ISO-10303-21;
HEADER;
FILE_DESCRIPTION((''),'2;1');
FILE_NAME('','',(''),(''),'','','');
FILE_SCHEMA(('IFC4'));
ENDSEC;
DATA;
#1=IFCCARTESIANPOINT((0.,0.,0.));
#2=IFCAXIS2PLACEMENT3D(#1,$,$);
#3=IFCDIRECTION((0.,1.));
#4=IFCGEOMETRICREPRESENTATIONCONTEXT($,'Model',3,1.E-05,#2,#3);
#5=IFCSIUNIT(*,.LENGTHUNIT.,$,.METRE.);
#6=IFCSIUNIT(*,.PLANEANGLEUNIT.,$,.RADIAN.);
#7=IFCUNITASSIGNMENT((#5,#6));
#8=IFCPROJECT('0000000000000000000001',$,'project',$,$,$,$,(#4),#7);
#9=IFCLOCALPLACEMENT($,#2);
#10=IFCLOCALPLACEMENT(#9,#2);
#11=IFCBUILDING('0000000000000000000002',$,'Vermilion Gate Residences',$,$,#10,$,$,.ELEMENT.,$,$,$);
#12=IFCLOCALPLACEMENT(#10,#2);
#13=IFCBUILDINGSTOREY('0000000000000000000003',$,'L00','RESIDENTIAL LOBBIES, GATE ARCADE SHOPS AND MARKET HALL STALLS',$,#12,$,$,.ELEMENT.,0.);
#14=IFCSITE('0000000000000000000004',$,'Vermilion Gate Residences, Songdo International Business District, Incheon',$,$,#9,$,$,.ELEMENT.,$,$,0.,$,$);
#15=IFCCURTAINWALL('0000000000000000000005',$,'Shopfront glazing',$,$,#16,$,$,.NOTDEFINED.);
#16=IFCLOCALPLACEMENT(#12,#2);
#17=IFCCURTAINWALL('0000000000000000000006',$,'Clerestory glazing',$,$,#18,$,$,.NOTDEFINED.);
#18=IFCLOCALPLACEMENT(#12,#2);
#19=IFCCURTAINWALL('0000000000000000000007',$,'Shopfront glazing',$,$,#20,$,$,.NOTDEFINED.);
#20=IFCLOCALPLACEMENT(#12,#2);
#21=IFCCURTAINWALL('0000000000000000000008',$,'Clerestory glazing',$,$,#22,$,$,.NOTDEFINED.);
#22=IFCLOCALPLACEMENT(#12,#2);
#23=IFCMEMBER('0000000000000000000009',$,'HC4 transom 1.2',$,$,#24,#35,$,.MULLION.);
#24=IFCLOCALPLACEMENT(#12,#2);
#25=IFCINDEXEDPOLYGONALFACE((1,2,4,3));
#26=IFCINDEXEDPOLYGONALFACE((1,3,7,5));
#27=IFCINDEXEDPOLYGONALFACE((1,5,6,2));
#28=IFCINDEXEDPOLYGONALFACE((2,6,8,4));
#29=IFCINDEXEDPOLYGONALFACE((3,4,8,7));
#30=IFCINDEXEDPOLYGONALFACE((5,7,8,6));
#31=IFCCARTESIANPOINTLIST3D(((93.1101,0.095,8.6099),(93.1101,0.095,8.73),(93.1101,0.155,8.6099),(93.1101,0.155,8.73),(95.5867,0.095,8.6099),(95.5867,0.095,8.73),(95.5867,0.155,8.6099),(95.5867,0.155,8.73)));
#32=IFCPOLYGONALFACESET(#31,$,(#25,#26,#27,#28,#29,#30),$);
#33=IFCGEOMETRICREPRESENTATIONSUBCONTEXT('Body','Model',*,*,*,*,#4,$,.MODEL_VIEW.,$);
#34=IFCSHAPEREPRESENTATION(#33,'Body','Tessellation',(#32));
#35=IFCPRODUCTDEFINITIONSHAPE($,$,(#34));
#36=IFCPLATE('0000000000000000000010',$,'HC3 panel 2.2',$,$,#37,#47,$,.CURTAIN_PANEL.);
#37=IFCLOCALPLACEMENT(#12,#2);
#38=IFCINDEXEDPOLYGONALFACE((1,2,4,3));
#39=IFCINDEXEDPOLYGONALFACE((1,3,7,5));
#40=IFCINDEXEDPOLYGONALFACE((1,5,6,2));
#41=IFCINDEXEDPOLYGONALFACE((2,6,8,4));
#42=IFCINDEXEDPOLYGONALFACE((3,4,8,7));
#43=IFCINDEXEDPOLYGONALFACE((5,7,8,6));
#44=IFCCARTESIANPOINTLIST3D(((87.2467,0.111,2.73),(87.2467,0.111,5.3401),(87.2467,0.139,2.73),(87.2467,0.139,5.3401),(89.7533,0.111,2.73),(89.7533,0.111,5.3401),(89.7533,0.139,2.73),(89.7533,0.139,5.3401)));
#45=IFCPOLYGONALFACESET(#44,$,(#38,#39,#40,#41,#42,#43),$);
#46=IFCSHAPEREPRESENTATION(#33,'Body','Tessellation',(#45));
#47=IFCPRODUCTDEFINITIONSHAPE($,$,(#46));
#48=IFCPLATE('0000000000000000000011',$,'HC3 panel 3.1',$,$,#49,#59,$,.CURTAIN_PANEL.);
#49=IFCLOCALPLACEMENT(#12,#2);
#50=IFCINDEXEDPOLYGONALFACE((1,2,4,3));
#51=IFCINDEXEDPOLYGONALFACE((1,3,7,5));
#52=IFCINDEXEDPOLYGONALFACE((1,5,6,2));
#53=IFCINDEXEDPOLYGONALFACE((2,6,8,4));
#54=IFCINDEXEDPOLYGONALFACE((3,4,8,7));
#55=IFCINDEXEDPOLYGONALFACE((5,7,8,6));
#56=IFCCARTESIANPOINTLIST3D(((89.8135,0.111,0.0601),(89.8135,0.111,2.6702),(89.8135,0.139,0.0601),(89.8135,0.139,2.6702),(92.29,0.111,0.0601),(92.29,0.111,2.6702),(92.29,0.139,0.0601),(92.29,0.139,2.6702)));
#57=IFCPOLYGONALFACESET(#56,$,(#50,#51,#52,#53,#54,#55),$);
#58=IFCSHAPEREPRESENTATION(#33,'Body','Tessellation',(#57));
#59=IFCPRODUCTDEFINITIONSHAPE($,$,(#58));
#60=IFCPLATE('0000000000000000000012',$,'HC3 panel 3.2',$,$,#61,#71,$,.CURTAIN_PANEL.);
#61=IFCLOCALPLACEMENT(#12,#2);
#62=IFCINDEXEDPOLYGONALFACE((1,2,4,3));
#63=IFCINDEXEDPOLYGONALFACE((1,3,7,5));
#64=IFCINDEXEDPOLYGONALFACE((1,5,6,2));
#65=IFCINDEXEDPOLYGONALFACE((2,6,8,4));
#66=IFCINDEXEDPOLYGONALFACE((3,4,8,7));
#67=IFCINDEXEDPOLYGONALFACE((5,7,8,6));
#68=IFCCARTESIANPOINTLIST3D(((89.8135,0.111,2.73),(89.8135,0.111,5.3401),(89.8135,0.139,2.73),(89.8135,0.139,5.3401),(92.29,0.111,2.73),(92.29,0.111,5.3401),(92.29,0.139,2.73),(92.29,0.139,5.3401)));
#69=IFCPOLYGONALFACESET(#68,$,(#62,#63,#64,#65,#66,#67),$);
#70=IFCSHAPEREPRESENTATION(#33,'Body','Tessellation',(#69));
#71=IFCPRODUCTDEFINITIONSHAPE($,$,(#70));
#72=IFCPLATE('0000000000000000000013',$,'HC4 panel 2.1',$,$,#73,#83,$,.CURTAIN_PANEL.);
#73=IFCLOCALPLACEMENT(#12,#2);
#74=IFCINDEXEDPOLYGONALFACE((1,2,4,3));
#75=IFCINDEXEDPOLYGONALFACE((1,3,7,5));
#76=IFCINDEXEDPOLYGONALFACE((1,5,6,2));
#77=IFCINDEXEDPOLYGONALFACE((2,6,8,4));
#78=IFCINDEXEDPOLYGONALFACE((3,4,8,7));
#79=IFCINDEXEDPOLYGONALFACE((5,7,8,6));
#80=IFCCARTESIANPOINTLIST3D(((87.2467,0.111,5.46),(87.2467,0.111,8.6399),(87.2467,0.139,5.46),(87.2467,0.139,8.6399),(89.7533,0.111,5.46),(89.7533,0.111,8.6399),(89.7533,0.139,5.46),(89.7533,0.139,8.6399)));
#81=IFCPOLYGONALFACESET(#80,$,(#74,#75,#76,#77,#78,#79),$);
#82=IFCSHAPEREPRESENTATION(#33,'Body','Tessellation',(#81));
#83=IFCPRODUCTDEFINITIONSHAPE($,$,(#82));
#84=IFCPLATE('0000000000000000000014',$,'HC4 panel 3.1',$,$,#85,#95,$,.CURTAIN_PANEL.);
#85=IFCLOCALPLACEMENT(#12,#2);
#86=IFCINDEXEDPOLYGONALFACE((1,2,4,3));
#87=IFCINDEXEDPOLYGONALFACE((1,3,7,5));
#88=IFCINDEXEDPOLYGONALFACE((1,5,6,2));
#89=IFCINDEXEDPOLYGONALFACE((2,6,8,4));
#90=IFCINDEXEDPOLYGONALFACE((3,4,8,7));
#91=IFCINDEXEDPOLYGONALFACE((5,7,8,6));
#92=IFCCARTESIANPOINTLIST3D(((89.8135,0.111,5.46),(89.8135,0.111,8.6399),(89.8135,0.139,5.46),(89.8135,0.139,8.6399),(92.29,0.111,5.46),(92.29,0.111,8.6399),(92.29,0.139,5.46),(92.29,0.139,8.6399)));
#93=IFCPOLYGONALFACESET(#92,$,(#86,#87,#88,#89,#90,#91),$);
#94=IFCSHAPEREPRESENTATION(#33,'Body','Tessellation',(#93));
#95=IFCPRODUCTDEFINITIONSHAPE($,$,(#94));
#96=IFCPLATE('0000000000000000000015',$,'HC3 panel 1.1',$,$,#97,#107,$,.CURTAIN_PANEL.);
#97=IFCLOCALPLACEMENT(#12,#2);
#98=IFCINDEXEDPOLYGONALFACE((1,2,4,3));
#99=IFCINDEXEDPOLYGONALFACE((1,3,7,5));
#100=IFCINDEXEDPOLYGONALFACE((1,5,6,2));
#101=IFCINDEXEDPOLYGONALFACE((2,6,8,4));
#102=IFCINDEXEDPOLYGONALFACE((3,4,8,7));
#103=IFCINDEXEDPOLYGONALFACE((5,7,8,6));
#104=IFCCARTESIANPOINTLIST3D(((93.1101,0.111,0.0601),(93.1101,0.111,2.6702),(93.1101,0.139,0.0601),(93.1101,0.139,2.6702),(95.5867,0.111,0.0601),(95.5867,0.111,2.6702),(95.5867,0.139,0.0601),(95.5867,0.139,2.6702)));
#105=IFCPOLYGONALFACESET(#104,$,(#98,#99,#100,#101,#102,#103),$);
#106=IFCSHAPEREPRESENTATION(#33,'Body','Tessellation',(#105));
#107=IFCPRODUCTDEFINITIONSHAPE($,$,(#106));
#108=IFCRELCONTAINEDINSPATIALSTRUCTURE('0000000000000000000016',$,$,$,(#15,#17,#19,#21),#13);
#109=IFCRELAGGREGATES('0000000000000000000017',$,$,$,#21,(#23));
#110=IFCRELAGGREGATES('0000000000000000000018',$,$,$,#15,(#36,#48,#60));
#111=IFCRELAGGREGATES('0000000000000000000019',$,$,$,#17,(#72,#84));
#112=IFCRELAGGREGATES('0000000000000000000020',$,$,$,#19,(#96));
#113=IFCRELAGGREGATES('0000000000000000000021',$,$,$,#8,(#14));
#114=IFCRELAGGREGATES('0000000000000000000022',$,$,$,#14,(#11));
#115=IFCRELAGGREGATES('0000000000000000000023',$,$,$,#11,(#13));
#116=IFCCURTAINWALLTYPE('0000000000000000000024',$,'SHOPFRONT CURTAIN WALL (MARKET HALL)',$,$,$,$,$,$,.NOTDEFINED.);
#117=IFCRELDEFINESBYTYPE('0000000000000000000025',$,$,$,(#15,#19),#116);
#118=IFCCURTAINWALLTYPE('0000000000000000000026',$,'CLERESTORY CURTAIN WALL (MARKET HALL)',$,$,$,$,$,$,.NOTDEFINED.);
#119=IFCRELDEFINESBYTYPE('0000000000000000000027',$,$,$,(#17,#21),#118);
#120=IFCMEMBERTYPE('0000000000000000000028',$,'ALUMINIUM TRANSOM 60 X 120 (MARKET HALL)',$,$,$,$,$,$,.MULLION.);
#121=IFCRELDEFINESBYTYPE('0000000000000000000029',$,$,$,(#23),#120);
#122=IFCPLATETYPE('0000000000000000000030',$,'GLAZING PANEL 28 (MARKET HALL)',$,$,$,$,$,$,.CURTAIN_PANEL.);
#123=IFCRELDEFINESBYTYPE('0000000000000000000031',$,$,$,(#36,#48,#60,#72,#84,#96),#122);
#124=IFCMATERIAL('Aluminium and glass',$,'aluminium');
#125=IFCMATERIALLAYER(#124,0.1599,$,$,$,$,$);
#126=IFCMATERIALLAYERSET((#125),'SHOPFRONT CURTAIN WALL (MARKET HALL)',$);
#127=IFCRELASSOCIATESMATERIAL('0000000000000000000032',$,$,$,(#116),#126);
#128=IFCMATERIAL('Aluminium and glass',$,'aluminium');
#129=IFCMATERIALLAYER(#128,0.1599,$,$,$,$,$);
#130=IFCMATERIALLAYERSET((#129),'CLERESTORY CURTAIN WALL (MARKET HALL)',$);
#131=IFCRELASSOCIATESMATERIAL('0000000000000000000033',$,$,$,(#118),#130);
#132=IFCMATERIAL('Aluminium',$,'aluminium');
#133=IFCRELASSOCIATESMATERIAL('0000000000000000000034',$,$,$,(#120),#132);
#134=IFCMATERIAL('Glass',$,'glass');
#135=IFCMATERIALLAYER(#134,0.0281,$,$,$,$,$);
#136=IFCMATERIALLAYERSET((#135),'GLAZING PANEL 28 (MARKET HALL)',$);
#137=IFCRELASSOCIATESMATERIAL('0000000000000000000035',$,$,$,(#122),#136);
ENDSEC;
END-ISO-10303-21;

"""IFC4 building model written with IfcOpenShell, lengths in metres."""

from ifc_helpers import new_model, si_unit, direction, frame, origin, origin_2d, place, context, subcontext, project, spatial, rectangle, extrude, material, layer, layer_set, material_profile, profile_set, type_object, element, aggregate, save


model = new_model("IFC4")

# Units and contexts
model_context = context("Model", 3, precision=1e-05, world=origin(), true_north=direction((0.0, 1.0)))
body_context = subcontext(model_context, "Body", "Model", "MODEL_VIEW")
ifc_project = project(units=[si_unit("LENGTHUNIT", "METRE"), si_unit("PLANEANGLEUNIT", "RADIAN")], contexts=[model_context])

# Site, building, storey
site_placement = place(None, origin())
site = spatial("IfcSite", under=ifc_project, at=site_placement, Name="Vermilion Gate Residences, Songdo International Business District, Incheon", CompositionType="ELEMENT", RefElevation=0.0)
building_placement = place(site_placement, origin())
building = spatial("IfcBuilding", under=site, at=building_placement, Name="Vermilion Gate Residences", CompositionType="ELEMENT")
storey_placement = place(building_placement, origin())
storey = spatial("IfcBuildingStorey", under=building, at=storey_placement, Name="L00", Description="RESIDENTIAL LOBBIES, GATE ARCADE SHOPS AND MARKET HALL STALLS", CompositionType="ELEMENT", Elevation=0.0)

# Curtain walls
ifc_material_1 = material(Name="Aluminium and glass", Category="aluminium")
ifc_layer_1 = layer(ifc_material_1, 0.1599)
ifc_layer_set_1 = layer_set([ifc_layer_1], Name="SHOPFRONT CURTAIN WALL (MARKET HALL)")
curtain_wall_type_1 = type_object("IfcCurtainWallType", Name="SHOPFRONT CURTAIN WALL (MARKET HALL)", PredefinedType="NOTDEFINED", material=ifc_layer_set_1)
curtain_wall_1_placement = place(storey_placement, origin())
curtain_wall_1 = element("IfcCurtainWall", 1, at=curtain_wall_1_placement, inside=storey, type_object=curtain_wall_type_1, Name="Shopfront glazing", PredefinedType="NOTDEFINED")
ifc_material_2 = material(Name="Aluminium and glass", Category="aluminium")
ifc_layer_2 = layer(ifc_material_2, 0.1599)
ifc_layer_set_2 = layer_set([ifc_layer_2], Name="CLERESTORY CURTAIN WALL (MARKET HALL)")
curtain_wall_type_2 = type_object("IfcCurtainWallType", Name="CLERESTORY CURTAIN WALL (MARKET HALL)", PredefinedType="NOTDEFINED", material=ifc_layer_set_2)
curtain_wall_2_placement = place(storey_placement, origin())
curtain_wall_2 = element("IfcCurtainWall", 2, at=curtain_wall_2_placement, inside=storey, type_object=curtain_wall_type_2, Name="Clerestory glazing", PredefinedType="NOTDEFINED")

# Curtain walls
curtain_wall_3_placement = place(storey_placement, origin())
curtain_wall_3 = element("IfcCurtainWall", 3, at=curtain_wall_3_placement, inside=storey, type_object=curtain_wall_type_1, Name="Shopfront glazing", PredefinedType="NOTDEFINED")
curtain_wall_4_placement = place(storey_placement, origin())
curtain_wall_4 = element("IfcCurtainWall", 4, at=curtain_wall_4_placement, inside=storey, type_object=curtain_wall_type_2, Name="Clerestory glazing", PredefinedType="NOTDEFINED")

# Member
ifc_material_3 = material(Name="Aluminium", Category="aluminium")
ifc_material_profile_1 = material_profile(ifc_material_3, rectangle(XDim=0.0601, YDim=0.1201, at=origin_2d()), Name="ALUMINIUM TRANSOM 60 X 120 (MARKET HALL)")
ifc_profile_set_1 = profile_set([ifc_material_profile_1], Name="Aluminium")
member_type_1 = type_object("IfcMemberType", Name="ALUMINIUM TRANSOM 60 X 120 (MARKET HALL)", PredefinedType="MULLION", material=ifc_profile_set_1)
member_1_placement = place(storey_placement, frame((93.1101, 0.125, 8.6699), z_axis=(1.0, 0.0, 0.0), x_axis=(0.0, 1.0, 0.0)))
member_1 = element("IfcMember", 5, at=member_1_placement, type_object=member_type_1, Name="HC4 transom 1.2", PredefinedType="MULLION", context=body_context, shape_type="SweptSolid", body=[
    extrude(rectangle(XDim=0.0601, YDim=0.1201, at=origin_2d()), origin(), (0.0, 0.0, 1.0), 2.4766),
])
aggregate(curtain_wall_4, [member_1])

# Plates
ifc_material_4 = material(Name="Glass", Category="glass")
ifc_layer_3 = layer(ifc_material_4, 0.0281)
ifc_layer_set_3 = layer_set([ifc_layer_3], Name="GLAZING PANEL 28 (MARKET HALL)")
plate_type = type_object("IfcPlateType", Name="GLAZING PANEL 28 (MARKET HALL)", PredefinedType="CURTAIN_PANEL", material=ifc_layer_set_3)
plate_1_placement = place(storey_placement, frame((88.5, 0.125, 2.73), z_axis=(0.0, 0.0, 1.0), x_axis=(1.0, 0.0, 0.0)))
plate_1 = element("IfcPlate", 6, at=plate_1_placement, type_object=plate_type, Name="HC3 panel 2.2", PredefinedType="CURTAIN_PANEL", context=body_context, shape_type="SweptSolid", body=[
    extrude(rectangle(XDim=2.5066, YDim=0.0281, at=origin_2d()), origin(), (0.0, 0.0, 1.0), 2.6101),
])
plate_2_placement = place(storey_placement, frame((91.0518, 0.125, 0.0601), z_axis=(0.0, 0.0, 1.0), x_axis=(1.0, 0.0, 0.0)))
plate_2 = element("IfcPlate", 7, at=plate_2_placement, type_object=plate_type, Name="HC3 panel 3.1", PredefinedType="CURTAIN_PANEL", context=body_context, shape_type="SweptSolid", body=[
    extrude(rectangle(XDim=2.4766, YDim=0.0281, at=origin_2d()), origin(), (0.0, 0.0, 1.0), 2.6101),
])
plate_3_placement = place(storey_placement, frame((91.0518, 0.125, 2.73), z_axis=(0.0, 0.0, 1.0), x_axis=(1.0, 0.0, 0.0)))
plate_3 = element("IfcPlate", 8, at=plate_3_placement, type_object=plate_type, Name="HC3 panel 3.2", PredefinedType="CURTAIN_PANEL", context=body_context, shape_type="SweptSolid", body=[
    extrude(rectangle(XDim=2.4766, YDim=0.0281, at=origin_2d()), origin(), (0.0, 0.0, 1.0), 2.6101),
])
aggregate(curtain_wall_1, [plate_1, plate_2, plate_3])
plate_4_placement = place(storey_placement, frame((88.5, 0.125, 5.46), z_axis=(0.0, 0.0, 1.0), x_axis=(1.0, 0.0, 0.0)))
plate_4 = element("IfcPlate", 9, at=plate_4_placement, type_object=plate_type, Name="HC4 panel 2.1", PredefinedType="CURTAIN_PANEL", context=body_context, shape_type="SweptSolid", body=[
    extrude(rectangle(XDim=2.5066, YDim=0.0281, at=origin_2d()), origin(), (0.0, 0.0, 1.0), 3.1799),
])
plate_5_placement = place(storey_placement, frame((91.0518, 0.125, 5.46), z_axis=(0.0, 0.0, 1.0), x_axis=(1.0, 0.0, 0.0)))
plate_5 = element("IfcPlate", 10, at=plate_5_placement, type_object=plate_type, Name="HC4 panel 3.1", PredefinedType="CURTAIN_PANEL", context=body_context, shape_type="SweptSolid", body=[
    extrude(rectangle(XDim=2.4766, YDim=0.0281, at=origin_2d()), origin(), (0.0, 0.0, 1.0), 3.1799),
])
aggregate(curtain_wall_2, [plate_4, plate_5])
plate_6_placement = place(storey_placement, frame((94.3484, 0.125, 0.0601), z_axis=(0.0, 0.0, 1.0), x_axis=(1.0, 0.0, 0.0)))
plate_6 = element("IfcPlate", 11, at=plate_6_placement, type_object=plate_type, Name="HC3 panel 1.1", PredefinedType="CURTAIN_PANEL", context=body_context, shape_type="SweptSolid", body=[
    extrude(rectangle(XDim=2.4766, YDim=0.0281, at=origin_2d()), origin(), (0.0, 0.0, 1.0), 2.6101),
])
aggregate(curtain_wall_3, [plate_6])

save(model, "model.ifc")
